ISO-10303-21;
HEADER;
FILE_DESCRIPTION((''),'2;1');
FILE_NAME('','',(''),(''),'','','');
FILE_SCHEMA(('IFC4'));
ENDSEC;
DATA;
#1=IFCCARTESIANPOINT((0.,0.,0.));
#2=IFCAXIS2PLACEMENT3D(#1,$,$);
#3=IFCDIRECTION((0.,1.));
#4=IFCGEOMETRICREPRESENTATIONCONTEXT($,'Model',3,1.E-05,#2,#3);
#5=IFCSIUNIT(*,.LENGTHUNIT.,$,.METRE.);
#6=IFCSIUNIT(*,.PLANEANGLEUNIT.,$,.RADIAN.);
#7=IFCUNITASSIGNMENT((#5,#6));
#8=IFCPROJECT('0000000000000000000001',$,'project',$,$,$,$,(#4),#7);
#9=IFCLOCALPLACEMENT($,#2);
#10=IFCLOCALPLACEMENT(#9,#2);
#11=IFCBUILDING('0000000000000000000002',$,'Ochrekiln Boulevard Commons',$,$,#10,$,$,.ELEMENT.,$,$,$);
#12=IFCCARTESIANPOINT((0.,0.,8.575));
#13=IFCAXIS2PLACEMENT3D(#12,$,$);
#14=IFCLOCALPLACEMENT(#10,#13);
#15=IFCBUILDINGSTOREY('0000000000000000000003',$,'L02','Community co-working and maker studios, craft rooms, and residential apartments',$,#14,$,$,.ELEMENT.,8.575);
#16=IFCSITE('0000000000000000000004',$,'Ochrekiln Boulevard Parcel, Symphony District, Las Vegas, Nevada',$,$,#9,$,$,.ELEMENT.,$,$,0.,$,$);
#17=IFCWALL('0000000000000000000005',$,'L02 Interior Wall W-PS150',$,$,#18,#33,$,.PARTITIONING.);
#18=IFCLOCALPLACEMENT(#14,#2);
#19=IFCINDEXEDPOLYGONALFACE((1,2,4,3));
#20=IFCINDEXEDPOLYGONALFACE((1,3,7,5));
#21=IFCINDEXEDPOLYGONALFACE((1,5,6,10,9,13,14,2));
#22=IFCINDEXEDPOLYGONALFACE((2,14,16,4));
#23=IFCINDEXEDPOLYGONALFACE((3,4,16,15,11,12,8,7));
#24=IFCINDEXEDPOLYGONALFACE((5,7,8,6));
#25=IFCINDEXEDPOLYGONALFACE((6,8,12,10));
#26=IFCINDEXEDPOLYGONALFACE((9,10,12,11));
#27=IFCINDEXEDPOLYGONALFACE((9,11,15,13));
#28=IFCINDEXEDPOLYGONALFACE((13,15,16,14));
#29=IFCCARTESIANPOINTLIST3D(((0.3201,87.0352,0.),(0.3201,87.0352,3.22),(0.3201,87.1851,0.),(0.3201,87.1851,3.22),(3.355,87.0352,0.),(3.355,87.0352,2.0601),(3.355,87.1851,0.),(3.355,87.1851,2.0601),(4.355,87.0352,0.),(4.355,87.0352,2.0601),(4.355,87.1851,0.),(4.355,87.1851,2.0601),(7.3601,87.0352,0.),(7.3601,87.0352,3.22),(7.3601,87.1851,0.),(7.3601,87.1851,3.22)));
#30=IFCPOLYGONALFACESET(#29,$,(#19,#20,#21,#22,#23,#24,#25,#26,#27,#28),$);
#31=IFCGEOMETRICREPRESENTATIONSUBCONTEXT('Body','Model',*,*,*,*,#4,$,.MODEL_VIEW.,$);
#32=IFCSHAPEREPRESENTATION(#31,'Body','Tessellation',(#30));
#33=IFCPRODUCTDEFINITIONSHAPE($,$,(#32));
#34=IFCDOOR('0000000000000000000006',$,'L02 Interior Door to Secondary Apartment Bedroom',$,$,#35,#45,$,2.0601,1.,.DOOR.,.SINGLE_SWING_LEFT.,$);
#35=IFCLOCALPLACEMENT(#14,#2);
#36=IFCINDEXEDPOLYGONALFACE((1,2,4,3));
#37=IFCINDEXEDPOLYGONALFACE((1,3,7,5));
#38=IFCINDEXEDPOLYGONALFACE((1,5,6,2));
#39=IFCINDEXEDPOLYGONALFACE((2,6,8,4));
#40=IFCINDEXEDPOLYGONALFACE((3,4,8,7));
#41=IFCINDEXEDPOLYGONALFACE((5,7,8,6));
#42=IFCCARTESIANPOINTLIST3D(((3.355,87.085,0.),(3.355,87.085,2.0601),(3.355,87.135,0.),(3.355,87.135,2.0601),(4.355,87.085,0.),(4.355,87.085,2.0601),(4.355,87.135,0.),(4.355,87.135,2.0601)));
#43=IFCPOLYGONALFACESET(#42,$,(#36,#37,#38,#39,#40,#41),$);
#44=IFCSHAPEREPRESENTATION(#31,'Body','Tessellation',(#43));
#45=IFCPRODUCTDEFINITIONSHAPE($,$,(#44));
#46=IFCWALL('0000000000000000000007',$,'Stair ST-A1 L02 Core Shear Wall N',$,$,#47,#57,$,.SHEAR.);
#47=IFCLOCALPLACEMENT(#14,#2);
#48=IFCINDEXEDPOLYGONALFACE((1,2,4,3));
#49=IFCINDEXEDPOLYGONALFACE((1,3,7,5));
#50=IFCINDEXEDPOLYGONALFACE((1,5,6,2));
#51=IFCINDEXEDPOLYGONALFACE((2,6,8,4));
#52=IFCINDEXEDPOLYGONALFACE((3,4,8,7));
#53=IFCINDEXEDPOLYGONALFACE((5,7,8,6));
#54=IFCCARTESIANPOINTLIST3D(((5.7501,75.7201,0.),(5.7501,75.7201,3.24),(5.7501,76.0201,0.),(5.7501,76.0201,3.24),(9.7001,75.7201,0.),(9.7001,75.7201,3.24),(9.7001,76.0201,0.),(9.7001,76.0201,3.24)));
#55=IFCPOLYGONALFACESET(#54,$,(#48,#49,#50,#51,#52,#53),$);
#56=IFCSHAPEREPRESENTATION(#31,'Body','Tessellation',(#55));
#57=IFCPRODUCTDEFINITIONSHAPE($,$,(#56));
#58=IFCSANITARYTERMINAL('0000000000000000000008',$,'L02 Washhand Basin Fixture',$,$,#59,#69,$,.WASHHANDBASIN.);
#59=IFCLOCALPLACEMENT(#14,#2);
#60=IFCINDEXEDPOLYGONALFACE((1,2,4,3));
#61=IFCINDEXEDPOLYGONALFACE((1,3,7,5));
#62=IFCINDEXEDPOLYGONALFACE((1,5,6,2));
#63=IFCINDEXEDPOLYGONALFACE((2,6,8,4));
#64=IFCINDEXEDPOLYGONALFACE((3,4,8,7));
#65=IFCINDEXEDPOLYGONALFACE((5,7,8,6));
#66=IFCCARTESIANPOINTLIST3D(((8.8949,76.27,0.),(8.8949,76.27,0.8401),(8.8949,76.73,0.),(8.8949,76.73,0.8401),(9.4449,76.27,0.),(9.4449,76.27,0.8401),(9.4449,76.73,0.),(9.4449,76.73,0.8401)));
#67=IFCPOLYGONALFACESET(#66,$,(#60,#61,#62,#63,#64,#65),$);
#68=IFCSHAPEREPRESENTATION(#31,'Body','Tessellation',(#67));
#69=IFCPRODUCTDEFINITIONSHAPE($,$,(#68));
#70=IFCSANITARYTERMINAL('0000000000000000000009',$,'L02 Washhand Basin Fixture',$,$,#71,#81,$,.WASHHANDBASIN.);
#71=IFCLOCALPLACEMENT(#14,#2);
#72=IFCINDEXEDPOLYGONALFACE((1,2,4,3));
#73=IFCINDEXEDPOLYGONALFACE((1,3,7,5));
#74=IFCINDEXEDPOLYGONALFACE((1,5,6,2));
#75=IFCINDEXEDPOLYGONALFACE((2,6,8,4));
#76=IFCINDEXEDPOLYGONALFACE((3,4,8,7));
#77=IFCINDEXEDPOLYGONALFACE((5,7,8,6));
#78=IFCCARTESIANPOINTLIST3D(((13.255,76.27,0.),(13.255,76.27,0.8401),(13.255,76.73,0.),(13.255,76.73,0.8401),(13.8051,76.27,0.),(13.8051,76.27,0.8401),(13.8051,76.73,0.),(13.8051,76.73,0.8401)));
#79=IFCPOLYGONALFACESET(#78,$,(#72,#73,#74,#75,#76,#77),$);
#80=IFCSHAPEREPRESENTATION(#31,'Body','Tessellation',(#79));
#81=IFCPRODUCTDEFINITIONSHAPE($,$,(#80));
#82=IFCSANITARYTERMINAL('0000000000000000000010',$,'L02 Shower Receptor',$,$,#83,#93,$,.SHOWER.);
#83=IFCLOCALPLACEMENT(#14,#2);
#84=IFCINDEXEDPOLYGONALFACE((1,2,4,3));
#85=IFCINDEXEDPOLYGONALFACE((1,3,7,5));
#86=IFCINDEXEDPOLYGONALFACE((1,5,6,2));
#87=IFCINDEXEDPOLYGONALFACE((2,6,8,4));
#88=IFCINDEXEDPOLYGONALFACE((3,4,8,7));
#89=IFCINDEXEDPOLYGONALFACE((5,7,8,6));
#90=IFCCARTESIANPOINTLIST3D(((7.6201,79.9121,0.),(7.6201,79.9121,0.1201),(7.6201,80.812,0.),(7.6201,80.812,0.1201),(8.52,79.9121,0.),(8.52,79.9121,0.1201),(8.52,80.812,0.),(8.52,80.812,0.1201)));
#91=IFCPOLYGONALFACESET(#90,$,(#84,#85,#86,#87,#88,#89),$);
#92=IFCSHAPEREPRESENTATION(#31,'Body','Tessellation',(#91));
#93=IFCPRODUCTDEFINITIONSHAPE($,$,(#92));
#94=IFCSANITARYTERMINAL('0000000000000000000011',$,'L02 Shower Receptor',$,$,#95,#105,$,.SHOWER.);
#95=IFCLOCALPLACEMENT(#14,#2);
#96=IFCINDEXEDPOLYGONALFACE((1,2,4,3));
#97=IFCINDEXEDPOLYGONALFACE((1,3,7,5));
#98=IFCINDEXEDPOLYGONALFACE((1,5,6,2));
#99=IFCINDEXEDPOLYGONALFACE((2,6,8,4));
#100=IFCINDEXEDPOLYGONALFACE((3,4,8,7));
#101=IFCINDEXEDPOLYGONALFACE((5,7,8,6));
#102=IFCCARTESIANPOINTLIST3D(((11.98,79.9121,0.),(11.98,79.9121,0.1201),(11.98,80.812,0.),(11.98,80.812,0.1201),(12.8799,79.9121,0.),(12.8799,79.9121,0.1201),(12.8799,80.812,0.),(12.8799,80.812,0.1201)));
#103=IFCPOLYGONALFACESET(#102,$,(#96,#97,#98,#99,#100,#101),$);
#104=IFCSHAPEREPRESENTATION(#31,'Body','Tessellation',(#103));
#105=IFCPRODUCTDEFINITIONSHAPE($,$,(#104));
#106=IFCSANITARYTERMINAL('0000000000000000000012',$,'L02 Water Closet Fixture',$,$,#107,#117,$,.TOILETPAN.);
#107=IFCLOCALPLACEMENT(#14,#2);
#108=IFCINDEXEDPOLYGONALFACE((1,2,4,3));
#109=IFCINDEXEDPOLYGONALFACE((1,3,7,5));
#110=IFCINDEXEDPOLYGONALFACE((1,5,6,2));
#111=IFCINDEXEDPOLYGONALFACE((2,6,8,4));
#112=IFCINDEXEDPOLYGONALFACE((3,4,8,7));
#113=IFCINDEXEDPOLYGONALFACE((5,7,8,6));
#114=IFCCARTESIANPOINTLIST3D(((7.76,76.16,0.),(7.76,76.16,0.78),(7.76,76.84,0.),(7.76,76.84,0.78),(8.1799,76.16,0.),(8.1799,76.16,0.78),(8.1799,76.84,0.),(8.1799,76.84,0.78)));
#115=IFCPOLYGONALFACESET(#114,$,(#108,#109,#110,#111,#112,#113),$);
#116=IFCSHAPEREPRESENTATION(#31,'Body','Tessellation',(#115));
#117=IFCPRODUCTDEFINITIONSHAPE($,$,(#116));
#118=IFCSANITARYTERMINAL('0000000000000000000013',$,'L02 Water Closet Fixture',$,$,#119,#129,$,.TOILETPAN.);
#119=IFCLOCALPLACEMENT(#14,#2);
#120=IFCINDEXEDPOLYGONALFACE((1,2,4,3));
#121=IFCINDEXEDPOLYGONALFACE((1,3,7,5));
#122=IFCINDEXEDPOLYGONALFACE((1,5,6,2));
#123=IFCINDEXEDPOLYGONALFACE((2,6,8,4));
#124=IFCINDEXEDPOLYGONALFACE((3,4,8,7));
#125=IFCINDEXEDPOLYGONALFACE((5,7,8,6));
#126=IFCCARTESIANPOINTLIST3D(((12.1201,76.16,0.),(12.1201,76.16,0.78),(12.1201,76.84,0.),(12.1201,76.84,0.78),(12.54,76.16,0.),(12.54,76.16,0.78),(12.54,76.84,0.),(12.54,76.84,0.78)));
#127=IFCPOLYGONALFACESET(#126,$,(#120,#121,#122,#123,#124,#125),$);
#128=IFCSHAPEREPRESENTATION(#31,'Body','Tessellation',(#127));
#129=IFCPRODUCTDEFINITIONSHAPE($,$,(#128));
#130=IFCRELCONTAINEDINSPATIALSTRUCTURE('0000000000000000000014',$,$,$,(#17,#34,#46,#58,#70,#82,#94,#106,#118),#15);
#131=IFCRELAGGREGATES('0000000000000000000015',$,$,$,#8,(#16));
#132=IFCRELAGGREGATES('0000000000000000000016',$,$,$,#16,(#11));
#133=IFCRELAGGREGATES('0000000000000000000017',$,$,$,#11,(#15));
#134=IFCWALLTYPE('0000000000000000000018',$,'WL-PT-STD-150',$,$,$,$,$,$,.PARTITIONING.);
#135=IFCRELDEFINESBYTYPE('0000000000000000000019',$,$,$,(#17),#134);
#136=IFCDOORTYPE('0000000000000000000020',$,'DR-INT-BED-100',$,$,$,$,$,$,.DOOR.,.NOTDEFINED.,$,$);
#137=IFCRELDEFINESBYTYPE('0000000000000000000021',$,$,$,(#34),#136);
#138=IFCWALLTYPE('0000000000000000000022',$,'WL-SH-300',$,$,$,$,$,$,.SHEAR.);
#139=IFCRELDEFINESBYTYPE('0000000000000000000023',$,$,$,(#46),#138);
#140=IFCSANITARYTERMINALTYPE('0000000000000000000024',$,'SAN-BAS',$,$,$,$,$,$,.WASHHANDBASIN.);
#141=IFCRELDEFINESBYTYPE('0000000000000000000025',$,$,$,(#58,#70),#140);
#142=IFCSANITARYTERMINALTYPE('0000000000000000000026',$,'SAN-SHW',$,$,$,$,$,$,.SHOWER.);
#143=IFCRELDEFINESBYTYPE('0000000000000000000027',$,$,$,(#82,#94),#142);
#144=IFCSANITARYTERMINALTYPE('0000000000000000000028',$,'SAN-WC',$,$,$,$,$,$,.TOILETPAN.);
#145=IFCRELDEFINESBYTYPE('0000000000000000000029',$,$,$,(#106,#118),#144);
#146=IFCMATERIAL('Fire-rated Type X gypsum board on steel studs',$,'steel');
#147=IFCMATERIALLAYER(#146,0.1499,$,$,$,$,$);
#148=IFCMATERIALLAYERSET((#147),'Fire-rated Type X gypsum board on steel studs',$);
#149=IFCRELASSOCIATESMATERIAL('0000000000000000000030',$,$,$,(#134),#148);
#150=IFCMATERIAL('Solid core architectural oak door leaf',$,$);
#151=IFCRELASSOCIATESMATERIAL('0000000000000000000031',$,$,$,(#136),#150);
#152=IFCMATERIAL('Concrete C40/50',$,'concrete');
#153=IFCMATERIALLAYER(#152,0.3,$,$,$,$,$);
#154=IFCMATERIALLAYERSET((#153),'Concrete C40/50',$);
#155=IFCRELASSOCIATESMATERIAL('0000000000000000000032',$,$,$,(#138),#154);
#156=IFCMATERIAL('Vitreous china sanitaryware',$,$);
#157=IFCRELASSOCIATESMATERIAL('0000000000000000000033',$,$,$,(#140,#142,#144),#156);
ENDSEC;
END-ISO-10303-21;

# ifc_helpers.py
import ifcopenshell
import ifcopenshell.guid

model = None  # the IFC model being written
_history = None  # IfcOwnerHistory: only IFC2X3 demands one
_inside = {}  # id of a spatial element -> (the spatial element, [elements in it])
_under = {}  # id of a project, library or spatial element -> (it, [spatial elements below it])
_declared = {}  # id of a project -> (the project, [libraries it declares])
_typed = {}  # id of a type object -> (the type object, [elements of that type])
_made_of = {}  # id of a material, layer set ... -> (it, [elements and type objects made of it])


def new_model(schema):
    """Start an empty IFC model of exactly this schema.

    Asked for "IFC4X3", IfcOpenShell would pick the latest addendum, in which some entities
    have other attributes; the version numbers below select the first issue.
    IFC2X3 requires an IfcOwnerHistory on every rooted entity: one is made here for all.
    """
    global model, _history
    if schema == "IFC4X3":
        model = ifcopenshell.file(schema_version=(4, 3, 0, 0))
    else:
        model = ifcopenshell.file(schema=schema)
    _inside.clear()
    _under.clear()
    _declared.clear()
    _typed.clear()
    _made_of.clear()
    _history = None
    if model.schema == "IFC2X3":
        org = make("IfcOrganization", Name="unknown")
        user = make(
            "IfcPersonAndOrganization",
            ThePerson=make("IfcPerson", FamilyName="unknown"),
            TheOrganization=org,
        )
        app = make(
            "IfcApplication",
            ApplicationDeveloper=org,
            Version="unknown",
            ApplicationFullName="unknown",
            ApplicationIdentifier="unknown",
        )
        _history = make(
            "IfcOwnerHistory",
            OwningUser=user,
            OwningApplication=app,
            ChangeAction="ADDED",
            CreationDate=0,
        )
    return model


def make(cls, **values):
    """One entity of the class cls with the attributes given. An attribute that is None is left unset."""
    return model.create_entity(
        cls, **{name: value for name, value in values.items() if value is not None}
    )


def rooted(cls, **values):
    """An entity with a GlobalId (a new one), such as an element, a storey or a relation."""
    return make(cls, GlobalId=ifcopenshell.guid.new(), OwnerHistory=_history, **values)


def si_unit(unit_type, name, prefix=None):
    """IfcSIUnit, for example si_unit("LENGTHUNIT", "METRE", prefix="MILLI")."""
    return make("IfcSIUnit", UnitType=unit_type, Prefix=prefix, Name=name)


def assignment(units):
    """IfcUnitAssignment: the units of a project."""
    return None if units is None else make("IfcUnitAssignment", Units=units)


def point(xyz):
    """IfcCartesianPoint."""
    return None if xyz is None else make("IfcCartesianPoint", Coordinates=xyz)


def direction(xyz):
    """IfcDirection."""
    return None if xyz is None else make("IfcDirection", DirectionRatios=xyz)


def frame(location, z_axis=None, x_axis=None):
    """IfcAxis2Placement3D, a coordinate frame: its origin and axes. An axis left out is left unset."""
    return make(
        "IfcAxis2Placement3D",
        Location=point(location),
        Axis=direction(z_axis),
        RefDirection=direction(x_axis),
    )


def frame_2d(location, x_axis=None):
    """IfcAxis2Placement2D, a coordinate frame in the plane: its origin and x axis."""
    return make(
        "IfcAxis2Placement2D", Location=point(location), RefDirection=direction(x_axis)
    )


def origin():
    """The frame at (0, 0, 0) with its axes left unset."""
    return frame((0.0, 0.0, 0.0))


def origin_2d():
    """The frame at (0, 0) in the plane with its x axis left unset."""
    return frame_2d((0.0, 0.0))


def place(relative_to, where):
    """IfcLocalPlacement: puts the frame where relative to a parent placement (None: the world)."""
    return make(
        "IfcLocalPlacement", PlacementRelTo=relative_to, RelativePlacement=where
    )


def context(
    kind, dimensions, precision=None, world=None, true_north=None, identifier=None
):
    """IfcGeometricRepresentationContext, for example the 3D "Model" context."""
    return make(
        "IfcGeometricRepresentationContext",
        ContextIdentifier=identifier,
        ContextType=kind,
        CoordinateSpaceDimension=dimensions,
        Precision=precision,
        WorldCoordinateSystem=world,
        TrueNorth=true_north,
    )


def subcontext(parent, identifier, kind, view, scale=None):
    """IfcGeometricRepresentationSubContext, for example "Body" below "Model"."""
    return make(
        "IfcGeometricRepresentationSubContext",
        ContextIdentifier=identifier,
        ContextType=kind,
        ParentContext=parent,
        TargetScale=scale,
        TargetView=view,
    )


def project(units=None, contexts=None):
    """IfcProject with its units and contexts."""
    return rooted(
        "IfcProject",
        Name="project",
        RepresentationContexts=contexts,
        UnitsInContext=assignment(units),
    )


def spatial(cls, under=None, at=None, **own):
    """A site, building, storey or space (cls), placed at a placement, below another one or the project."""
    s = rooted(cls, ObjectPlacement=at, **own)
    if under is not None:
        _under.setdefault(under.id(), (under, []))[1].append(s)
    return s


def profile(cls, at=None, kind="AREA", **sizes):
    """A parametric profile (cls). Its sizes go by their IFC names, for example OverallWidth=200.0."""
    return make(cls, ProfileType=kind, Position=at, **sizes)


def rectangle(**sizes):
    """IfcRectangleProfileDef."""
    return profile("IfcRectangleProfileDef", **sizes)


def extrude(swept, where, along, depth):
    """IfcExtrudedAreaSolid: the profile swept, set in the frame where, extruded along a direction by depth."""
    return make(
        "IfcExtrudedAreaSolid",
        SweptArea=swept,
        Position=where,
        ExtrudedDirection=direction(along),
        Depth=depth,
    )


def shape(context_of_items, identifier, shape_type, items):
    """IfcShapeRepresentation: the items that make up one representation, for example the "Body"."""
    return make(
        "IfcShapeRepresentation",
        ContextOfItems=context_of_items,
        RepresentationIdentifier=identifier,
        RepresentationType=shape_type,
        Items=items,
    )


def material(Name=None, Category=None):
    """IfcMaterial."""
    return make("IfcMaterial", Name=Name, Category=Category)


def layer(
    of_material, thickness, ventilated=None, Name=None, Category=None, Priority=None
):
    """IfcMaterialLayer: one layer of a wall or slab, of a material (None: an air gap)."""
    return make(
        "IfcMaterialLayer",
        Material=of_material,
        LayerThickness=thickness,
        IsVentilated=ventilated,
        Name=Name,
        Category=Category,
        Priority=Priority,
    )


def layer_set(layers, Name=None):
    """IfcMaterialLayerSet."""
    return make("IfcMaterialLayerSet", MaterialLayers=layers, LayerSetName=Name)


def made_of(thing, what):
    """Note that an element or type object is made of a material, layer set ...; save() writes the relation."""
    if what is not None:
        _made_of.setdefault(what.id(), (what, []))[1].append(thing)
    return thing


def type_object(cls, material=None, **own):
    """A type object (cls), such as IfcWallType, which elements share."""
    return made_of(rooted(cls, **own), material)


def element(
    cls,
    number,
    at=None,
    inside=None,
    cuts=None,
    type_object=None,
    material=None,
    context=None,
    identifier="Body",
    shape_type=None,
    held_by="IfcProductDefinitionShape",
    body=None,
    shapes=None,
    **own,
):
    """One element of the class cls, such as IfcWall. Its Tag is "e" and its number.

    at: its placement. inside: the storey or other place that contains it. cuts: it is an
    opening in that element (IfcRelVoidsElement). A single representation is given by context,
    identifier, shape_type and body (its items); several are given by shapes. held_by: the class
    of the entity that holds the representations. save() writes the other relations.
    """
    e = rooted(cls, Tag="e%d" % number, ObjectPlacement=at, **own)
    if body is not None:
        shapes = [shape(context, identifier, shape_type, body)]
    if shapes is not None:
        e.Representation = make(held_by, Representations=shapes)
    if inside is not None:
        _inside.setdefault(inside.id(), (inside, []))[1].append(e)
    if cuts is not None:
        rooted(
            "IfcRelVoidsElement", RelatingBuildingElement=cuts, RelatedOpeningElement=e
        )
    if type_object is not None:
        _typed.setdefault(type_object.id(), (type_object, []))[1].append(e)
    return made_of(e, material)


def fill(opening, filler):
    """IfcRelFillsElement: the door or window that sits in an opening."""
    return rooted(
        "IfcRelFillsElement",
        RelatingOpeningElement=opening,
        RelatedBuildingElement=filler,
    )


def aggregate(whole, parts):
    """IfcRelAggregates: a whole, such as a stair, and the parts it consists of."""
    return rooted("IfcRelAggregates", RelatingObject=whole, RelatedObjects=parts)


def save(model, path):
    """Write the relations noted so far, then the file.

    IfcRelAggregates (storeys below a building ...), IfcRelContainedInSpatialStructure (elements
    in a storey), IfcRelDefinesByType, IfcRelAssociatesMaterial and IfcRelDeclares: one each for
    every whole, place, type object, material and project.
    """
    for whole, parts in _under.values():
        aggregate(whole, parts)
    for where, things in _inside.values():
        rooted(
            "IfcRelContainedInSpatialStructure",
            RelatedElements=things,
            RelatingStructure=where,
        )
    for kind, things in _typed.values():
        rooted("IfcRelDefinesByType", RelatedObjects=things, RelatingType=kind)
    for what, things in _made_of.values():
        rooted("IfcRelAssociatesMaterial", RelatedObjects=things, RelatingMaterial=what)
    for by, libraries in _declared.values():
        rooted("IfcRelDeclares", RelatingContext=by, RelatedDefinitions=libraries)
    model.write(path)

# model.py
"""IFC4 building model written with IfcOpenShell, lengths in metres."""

from ifc_helpers import new_model, si_unit, direction, frame, frame_2d, origin, origin_2d, place, context, subcontext, project, spatial, rectangle, extrude, material, layer, layer_set, type_object, element, fill, save


model = new_model("IFC4")

# Units and contexts
model_context = context("Model", 3, precision=1e-05, world=origin(), true_north=direction((0.0, 1.0)))
body_context = subcontext(model_context, "Body", "Model", "MODEL_VIEW")
ifc_project = project(units=[si_unit("LENGTHUNIT", "METRE"), si_unit("PLANEANGLEUNIT", "RADIAN")], contexts=[model_context])

# Site, building, storey
site_placement = place(None, origin())
site = spatial("IfcSite", under=ifc_project, at=site_placement, Name="Ochrekiln Boulevard Parcel, Symphony District, Las Vegas, Nevada", CompositionType="ELEMENT", RefElevation=0.0)
building_placement = place(site_placement, origin())
building = spatial("IfcBuilding", under=site, at=building_placement, Name="Ochrekiln Boulevard Commons", CompositionType="ELEMENT")
storey_placement = place(building_placement, frame((0.0, 0.0, 8.575)))
storey = spatial("IfcBuildingStorey", under=building, at=storey_placement, Name="L02", Description="Community co-working and maker studios, craft rooms, and residential apartments", CompositionType="ELEMENT", Elevation=8.575)

# Shared definitions
ifc_material_1 = material(Name="Concrete C40/50", Category="concrete")

# Shared definitions
ifc_material_2 = material(Name="Solid core architectural oak door leaf")

# Wall, opening, door
ifc_material_3 = material(Name="Fire-rated Type X gypsum board on steel studs", Category="steel")
ifc_layer_1 = layer(ifc_material_3, 0.1499)
ifc_layer_set_1 = layer_set([ifc_layer_1], Name="Fire-rated Type X gypsum board on steel studs")
wall_type_1 = type_object("IfcWallType", Name="WL-PT-STD-150", PredefinedType="PARTITIONING", material=ifc_layer_set_1)
wall_1_placement = place(storey_placement, frame((0.3201, 87.1101, 0.0), z_axis=(0.0, 0.0, 1.0), x_axis=(1.0, 0.0, 0.0)))
wall_1 = element("IfcWall", 1, at=wall_1_placement, inside=storey, type_object=wall_type_1, Name="L02 Interior Wall W-PS150", PredefinedType="PARTITIONING", context=body_context, shape_type="SweptSolid", body=[
    extrude(rectangle(XDim=7.04, YDim=0.1499, at=frame_2d((3.52, 0.0))), origin(), (0.0, 0.0, 1.0), 3.22),
])
opening_1_placement = place(wall_1_placement, frame((3.0349, 0.0, 0.0)))
opening_1 = element("IfcOpeningElement", 2, at=opening_1_placement, cuts=wall_1, PredefinedType="OPENING", context=body_context, shape_type="SweptSolid", body=[
    extrude(rectangle(XDim=1.0, YDim=2.0601, at=frame_2d((0.5, 1.03))), frame((0.0, 0.085, 0.0), z_axis=(0.0, -1.0, 0.0), x_axis=(1.0, 0.0, 0.0)), (0.0, 0.0, 1.0), 0.1699),
])
door_type_1 = type_object("IfcDoorType", Name="DR-INT-BED-100", OperationType="NOTDEFINED", PredefinedType="DOOR", material=ifc_material_2)
door_1_placement = place(opening_1_placement, origin())
door_1 = element("IfcDoor", 3, at=door_1_placement, inside=storey, type_object=door_type_1, Name="L02 Interior Door to Secondary Apartment Bedroom", OperationType="SINGLE_SWING_LEFT", OverallHeight=2.0601, OverallWidth=1.0, PredefinedType="DOOR", context=body_context, shape_type="SweptSolid", body=[
    extrude(rectangle(XDim=1.0, YDim=2.0601, at=frame_2d((0.5, 1.03))), frame((0.0, 0.0249, 0.0), z_axis=(0.0, -1.0, 0.0), x_axis=(1.0, 0.0, 0.0)), (0.0, 0.0, 1.0), 0.05),
])
fill(opening_1, door_1)

# Wall
ifc_layer_2 = layer(ifc_material_1, 0.3)
ifc_layer_set_2 = layer_set([ifc_layer_2], Name="Concrete C40/50")
wall_type_2 = type_object("IfcWallType", Name="WL-SH-300", PredefinedType="SHEAR", material=ifc_layer_set_2)
wall_2_placement = place(storey_placement, frame((5.75, 75.8701, 0.0), z_axis=(0.0, 0.0, 1.0), x_axis=(1.0, 0.0, 0.0)))
element("IfcWall", 4, at=wall_2_placement, inside=storey, type_object=wall_type_2, Name="Stair ST-A1 L02 Core Shear Wall N", PredefinedType="SHEAR", context=body_context, shape_type="SweptSolid", body=[
    extrude(rectangle(XDim=3.95, YDim=0.3, at=frame_2d((1.9751, 0.0))), origin(), (0.0, 0.0, 1.0), 3.24),
])

# Sanitary terminals
ifc_material_4 = material(Name="Vitreous china sanitaryware")
sanitary_terminal_type_1 = type_object("IfcSanitaryTerminalType", Name="SAN-BAS", PredefinedType="WASHHANDBASIN", material=ifc_material_4)
for number, where, z_axis, x_axis, name in (
    (5, (9.1699, 76.5, 0.0), (0.0, 0.0, 1.0), (1.0, 0.0, 0.0), "L02 Washhand Basin Fixture"),
    (6, (13.53, 76.5, 0.0), (0.0, 0.0, 1.0), (1.0, 0.0, 0.0), "L02 Washhand Basin Fixture"),
):
    element("IfcSanitaryTerminal", number, at=place(storey_placement, frame(where, z_axis=z_axis, x_axis=x_axis)), inside=storey, type_object=sanitary_terminal_type_1, Name=name, PredefinedType="WASHHANDBASIN", context=body_context, shape_type="SweptSolid", body=[
        extrude(rectangle(XDim=0.55, YDim=0.46, at=origin_2d()), origin(), (0.0, 0.0, 1.0), 0.8401),
    ])
sanitary_terminal_type_2 = type_object("IfcSanitaryTerminalType", Name="SAN-SHW", PredefinedType="SHOWER", material=ifc_material_4)
for number, where, z_axis, x_axis, name in (
    (7, (8.0701, 80.3621, 0.0), (0.0, 0.0, 1.0), (1.0, 0.0, 0.0), "L02 Shower Receptor"),
    (8, (12.4299, 80.3621, 0.0), (0.0, 0.0, 1.0), (1.0, 0.0, 0.0), "L02 Shower Receptor"),
):
    element("IfcSanitaryTerminal", number, at=place(storey_placement, frame(where, z_axis=z_axis, x_axis=x_axis)), inside=storey, type_object=sanitary_terminal_type_2, Name=name, PredefinedType="SHOWER", context=body_context, shape_type="SweptSolid", body=[
        extrude(rectangle(XDim=0.8999, YDim=0.8999, at=origin_2d()), origin(), (0.0, 0.0, 1.0), 0.1201),
    ])
sanitary_terminal_type_3 = type_object("IfcSanitaryTerminalType", Name="SAN-WC", PredefinedType="TOILETPAN", material=ifc_material_4)
for number, where, z_axis, x_axis, name in (
    (9, (7.97, 76.5, 0.0), (0.0, 0.0, 1.0), (1.0, 0.0, 0.0), "L02 Water Closet Fixture"),
    (10, (12.3301, 76.5, 0.0), (0.0, 0.0, 1.0), (1.0, 0.0, 0.0), "L02 Water Closet Fixture"),
):
    element("IfcSanitaryTerminal", number, at=place(storey_placement, frame(where, z_axis=z_axis, x_axis=x_axis)), inside=storey, type_object=sanitary_terminal_type_3, Name=name, PredefinedType="TOILETPAN", context=body_context, shape_type="SweptSolid", body=[
        extrude(rectangle(XDim=0.4199, YDim=0.6799, at=origin_2d()), origin(), (0.0, 0.0, 1.0), 0.78),
    ])

save(model, "model.ifc")
